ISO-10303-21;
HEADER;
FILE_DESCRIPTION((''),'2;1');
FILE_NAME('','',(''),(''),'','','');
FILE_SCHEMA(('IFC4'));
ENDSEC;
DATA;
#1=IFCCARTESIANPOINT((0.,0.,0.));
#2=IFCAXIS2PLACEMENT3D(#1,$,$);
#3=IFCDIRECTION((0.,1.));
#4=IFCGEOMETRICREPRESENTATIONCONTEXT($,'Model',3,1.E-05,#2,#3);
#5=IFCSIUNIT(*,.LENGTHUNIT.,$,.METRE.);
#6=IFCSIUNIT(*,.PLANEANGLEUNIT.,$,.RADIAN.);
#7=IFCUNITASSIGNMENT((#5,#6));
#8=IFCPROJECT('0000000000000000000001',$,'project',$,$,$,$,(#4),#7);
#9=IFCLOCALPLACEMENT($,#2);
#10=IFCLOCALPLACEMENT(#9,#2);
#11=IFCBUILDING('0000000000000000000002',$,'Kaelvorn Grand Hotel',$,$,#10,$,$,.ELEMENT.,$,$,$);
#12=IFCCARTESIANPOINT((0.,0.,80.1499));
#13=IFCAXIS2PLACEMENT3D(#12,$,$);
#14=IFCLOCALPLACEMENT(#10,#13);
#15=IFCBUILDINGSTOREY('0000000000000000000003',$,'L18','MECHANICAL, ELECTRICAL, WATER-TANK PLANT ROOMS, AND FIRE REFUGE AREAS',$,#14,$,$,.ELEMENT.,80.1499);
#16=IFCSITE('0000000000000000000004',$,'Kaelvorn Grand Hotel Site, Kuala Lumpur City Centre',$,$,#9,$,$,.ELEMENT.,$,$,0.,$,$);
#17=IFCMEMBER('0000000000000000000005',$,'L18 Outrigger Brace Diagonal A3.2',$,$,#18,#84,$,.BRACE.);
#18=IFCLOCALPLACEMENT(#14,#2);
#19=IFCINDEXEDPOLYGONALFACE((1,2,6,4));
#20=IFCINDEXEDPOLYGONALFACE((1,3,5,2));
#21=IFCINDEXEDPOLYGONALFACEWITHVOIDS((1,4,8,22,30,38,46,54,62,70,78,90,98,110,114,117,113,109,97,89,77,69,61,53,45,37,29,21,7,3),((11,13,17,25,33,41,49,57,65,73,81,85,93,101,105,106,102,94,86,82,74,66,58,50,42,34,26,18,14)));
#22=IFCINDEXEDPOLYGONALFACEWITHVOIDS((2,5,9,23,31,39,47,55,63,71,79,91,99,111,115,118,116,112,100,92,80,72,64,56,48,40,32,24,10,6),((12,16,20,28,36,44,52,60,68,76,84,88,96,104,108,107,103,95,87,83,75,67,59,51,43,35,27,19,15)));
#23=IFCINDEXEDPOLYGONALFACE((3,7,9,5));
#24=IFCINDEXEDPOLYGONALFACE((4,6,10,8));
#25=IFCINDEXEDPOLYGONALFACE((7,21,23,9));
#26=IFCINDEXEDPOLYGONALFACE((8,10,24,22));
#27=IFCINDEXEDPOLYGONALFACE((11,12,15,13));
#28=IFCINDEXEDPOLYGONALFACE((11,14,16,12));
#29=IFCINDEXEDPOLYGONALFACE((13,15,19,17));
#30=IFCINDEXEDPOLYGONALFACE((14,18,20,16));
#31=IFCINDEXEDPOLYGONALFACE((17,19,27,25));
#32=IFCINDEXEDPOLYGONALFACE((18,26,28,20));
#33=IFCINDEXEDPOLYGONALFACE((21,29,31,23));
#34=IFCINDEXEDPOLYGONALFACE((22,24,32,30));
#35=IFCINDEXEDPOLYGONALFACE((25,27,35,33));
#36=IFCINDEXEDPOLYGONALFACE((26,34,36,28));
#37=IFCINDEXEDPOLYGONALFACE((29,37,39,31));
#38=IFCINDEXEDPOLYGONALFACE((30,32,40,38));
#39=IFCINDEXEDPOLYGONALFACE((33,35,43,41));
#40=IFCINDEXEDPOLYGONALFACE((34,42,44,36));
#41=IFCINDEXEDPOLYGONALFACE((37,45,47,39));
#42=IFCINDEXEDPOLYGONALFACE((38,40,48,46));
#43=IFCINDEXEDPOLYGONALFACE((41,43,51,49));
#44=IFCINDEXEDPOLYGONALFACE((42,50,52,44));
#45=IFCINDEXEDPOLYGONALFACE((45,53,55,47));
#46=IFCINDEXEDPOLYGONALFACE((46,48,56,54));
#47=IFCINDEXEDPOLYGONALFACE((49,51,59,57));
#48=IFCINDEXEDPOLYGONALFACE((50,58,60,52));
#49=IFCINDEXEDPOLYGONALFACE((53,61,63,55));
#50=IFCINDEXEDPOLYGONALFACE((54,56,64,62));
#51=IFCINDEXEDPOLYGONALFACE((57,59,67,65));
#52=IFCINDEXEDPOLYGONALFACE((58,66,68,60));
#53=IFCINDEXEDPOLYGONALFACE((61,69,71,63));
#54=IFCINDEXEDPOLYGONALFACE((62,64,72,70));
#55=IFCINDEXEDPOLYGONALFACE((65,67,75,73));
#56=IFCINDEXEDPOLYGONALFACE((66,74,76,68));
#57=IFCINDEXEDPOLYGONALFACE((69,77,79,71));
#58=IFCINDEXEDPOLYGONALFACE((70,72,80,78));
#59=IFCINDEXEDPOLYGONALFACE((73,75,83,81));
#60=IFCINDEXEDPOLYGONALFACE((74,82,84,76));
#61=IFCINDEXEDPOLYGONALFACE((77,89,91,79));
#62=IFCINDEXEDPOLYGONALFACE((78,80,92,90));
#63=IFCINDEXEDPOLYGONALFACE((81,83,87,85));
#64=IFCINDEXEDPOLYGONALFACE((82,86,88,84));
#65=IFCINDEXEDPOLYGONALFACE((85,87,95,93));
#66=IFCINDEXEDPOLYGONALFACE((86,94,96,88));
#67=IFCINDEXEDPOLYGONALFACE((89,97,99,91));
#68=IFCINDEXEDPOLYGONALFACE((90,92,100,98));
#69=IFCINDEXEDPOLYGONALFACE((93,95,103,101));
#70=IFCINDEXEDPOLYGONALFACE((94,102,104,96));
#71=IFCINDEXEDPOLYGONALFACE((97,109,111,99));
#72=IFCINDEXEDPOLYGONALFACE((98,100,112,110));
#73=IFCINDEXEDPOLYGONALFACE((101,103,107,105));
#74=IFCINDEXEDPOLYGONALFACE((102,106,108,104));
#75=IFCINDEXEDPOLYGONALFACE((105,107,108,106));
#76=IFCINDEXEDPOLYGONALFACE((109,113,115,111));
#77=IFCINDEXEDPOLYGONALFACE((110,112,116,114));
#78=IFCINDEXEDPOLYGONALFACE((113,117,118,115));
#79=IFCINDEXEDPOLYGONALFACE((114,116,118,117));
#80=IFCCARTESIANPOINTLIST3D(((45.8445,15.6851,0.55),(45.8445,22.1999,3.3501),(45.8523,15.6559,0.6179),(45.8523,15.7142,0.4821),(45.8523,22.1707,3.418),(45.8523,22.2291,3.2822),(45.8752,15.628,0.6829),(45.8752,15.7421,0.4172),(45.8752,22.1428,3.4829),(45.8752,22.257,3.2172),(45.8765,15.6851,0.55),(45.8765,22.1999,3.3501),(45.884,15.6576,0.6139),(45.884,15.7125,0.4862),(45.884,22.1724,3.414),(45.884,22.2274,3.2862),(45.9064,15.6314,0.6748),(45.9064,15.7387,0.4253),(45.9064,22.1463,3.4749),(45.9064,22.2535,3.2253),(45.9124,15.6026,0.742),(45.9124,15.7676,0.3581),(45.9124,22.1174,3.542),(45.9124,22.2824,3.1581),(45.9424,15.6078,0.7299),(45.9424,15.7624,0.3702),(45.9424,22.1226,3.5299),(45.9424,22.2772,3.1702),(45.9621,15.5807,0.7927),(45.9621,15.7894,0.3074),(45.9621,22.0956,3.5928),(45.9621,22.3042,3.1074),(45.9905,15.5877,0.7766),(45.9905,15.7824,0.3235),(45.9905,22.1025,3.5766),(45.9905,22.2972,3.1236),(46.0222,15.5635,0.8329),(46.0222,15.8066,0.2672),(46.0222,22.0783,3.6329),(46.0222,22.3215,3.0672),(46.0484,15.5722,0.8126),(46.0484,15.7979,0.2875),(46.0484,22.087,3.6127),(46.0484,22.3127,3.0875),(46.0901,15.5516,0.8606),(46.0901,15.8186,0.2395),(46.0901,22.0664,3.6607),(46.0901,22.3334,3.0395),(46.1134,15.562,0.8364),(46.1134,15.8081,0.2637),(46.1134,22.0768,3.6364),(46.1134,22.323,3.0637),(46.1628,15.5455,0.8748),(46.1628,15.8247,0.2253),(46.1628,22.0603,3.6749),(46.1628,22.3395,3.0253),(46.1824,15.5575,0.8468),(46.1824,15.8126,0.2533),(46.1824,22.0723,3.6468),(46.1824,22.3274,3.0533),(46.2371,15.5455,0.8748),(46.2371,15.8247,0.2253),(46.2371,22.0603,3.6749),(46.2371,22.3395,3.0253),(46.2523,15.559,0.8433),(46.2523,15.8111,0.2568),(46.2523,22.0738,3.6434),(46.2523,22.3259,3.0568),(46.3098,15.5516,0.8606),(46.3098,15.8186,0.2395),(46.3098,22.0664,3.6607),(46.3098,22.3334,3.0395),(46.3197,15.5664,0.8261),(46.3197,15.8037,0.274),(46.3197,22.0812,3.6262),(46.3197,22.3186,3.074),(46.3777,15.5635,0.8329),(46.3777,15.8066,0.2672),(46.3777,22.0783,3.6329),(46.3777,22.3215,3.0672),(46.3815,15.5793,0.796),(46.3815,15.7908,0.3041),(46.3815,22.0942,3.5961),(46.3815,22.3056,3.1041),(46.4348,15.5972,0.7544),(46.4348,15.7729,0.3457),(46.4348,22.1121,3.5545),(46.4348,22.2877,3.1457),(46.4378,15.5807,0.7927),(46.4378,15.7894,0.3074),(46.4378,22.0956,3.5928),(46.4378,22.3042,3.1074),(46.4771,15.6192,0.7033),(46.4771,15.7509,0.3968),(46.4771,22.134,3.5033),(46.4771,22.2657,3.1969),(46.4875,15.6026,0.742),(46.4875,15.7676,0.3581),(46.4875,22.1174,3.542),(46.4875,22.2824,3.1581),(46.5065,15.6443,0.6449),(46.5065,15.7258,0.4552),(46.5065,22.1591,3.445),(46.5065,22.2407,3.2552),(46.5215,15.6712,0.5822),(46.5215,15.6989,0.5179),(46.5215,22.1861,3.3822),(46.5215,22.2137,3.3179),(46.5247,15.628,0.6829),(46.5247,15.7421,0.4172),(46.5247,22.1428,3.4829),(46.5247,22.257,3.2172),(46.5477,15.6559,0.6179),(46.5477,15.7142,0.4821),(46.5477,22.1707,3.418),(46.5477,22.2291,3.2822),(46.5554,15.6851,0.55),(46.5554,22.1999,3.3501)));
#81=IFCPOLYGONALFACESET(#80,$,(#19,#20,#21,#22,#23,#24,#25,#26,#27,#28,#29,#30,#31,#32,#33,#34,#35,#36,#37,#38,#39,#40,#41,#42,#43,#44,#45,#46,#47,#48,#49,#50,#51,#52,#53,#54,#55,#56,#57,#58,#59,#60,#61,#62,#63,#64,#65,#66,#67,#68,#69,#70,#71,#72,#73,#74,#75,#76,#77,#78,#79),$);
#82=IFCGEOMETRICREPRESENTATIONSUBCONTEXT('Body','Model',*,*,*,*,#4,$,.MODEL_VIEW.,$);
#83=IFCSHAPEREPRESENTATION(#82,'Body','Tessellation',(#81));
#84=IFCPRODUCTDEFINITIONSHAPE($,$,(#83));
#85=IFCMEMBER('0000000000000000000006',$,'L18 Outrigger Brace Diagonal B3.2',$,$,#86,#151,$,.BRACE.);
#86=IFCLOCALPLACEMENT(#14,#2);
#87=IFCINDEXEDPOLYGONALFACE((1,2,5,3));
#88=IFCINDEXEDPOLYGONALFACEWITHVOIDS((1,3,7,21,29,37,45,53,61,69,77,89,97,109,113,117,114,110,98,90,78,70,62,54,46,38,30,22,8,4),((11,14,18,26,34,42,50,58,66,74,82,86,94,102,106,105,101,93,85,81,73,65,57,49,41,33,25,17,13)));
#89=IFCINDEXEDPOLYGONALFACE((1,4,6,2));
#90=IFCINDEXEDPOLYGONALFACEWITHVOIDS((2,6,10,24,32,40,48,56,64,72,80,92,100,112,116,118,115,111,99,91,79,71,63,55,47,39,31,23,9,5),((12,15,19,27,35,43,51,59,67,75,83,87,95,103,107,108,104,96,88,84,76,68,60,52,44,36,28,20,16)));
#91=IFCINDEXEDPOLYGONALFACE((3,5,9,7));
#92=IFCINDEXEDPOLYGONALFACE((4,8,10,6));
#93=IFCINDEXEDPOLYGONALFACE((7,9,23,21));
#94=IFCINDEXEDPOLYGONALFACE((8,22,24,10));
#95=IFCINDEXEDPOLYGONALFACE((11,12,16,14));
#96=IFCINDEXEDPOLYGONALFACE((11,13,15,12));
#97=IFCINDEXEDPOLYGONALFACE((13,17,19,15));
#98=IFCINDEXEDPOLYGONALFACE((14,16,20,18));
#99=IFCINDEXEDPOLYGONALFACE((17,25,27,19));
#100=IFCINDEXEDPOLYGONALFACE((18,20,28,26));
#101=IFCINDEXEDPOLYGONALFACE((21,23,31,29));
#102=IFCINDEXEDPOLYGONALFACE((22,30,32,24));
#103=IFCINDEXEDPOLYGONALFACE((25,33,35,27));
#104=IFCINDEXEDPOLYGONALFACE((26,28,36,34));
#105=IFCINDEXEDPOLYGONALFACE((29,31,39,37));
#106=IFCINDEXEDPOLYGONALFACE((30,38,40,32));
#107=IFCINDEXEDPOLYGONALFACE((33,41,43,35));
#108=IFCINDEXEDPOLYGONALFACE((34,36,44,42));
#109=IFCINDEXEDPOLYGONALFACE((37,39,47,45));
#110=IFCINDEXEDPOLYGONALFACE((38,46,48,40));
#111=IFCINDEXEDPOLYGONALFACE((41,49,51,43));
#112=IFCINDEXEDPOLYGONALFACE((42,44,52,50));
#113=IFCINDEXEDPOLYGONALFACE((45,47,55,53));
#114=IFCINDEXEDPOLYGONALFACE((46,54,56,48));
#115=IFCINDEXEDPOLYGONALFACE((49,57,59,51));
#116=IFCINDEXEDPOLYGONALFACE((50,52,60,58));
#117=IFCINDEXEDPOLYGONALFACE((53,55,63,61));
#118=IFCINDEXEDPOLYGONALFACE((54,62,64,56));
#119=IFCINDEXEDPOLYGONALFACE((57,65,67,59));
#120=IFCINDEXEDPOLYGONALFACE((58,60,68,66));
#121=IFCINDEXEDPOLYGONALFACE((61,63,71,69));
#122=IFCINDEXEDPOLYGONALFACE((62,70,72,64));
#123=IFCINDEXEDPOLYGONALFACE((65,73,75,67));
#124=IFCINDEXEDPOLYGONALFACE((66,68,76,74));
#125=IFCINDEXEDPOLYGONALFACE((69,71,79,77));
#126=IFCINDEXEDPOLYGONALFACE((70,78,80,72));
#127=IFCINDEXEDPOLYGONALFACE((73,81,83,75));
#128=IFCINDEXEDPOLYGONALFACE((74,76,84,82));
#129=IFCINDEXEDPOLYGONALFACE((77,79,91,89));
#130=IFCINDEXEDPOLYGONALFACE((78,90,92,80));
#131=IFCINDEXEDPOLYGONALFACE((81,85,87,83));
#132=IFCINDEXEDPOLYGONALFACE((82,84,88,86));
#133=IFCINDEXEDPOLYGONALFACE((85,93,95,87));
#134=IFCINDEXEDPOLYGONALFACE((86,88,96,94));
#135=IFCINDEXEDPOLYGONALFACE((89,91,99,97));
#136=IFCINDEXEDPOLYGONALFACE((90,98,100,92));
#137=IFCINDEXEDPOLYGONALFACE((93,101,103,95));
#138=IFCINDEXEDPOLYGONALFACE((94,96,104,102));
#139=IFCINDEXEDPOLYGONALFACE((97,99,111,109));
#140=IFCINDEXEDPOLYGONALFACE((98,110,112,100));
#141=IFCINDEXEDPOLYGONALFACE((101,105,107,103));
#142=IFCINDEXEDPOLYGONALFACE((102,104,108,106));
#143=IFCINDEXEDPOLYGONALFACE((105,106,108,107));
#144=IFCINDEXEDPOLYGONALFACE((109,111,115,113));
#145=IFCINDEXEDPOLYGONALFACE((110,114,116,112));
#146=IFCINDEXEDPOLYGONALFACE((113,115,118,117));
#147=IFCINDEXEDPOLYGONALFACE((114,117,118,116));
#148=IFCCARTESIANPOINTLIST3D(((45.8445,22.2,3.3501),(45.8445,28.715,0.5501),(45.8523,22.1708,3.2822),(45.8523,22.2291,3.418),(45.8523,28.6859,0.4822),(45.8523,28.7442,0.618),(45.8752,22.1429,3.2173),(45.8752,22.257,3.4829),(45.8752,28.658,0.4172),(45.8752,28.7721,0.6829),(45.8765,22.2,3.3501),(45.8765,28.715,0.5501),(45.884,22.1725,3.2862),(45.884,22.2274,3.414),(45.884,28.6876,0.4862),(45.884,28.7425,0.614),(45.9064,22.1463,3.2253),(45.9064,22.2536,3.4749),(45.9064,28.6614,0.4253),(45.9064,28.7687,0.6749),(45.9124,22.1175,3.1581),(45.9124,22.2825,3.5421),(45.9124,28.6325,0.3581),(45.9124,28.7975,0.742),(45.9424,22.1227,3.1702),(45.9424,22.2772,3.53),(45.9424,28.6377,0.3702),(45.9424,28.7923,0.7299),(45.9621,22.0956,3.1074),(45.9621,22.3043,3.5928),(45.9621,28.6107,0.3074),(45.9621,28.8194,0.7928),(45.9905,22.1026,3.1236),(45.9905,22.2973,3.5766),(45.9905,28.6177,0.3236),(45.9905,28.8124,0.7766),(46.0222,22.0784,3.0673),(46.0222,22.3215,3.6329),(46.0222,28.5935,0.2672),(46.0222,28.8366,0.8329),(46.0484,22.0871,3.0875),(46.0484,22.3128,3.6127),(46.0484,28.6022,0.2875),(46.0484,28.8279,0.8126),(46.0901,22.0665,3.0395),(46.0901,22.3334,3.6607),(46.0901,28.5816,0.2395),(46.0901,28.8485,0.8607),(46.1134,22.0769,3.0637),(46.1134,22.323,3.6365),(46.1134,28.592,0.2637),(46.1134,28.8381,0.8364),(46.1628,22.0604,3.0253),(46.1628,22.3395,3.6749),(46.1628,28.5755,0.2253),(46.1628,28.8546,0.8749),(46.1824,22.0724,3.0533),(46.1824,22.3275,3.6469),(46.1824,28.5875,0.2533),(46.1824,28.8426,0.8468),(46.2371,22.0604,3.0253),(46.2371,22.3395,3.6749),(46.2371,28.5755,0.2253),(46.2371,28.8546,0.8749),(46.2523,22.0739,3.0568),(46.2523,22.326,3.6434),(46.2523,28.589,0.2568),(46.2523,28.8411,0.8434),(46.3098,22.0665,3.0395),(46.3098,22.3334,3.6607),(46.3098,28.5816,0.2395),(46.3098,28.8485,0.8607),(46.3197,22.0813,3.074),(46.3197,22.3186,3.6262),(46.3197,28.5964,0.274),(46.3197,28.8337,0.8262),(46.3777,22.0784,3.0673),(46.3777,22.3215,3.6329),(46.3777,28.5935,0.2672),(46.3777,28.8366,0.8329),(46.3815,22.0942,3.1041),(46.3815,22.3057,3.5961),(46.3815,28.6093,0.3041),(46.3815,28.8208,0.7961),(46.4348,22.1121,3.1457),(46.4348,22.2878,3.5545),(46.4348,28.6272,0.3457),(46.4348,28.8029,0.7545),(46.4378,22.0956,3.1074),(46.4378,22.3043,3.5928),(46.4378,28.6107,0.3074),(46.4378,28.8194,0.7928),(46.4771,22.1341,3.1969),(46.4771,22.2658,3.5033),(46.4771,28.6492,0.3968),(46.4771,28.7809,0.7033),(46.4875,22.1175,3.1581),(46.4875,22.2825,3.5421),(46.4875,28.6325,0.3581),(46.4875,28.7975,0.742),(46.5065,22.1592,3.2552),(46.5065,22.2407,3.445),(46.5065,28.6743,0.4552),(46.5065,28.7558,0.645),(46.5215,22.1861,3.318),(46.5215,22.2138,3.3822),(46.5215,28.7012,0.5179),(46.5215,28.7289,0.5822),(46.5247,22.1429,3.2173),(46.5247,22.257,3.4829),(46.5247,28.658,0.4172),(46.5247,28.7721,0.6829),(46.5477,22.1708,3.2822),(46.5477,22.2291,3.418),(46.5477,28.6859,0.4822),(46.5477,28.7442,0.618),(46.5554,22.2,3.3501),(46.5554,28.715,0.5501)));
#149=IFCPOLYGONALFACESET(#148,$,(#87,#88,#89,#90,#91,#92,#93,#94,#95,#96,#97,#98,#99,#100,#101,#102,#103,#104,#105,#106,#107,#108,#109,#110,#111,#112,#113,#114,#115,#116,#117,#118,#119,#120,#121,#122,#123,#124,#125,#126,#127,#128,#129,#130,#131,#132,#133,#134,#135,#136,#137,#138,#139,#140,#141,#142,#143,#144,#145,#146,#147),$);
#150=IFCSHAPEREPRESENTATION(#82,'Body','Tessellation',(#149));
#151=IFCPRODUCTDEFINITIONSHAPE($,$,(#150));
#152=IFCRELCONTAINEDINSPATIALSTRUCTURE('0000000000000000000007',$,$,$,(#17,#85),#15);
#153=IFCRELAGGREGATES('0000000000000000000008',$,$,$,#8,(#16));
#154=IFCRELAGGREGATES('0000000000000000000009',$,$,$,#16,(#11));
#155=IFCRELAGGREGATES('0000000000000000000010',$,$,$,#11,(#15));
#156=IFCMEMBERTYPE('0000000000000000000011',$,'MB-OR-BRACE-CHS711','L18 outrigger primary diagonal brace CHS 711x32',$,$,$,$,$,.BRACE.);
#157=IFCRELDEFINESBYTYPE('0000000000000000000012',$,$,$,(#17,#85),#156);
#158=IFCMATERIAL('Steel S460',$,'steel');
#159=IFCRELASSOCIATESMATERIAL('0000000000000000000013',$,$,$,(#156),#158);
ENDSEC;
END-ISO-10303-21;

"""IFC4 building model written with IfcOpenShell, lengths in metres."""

from ifc_helpers import new_model, si_unit, direction, frame, origin, origin_2d, place, context, subcontext, project, spatial, hollow_circle, extrude, material, material_profile, profile_set, type_object, element, save


model = new_model("IFC4")

# Units and contexts
model_context = context("Model", 3, precision=1e-05, world=origin(), true_north=direction((0.0, 1.0)))
body_context = subcontext(model_context, "Body", "Model", "MODEL_VIEW")
ifc_project = project(units=[si_unit("LENGTHUNIT", "METRE"), si_unit("PLANEANGLEUNIT", "RADIAN")], contexts=[model_context])

# Site, building, storey
site_placement = place(None, origin())
site = spatial("IfcSite", under=ifc_project, at=site_placement, Name="Kaelvorn Grand Hotel Site, Kuala Lumpur City Centre", CompositionType="ELEMENT", RefElevation=0.0)
building_placement = place(site_placement, origin())
building = spatial("IfcBuilding", under=site, at=building_placement, Name="Kaelvorn Grand Hotel", CompositionType="ELEMENT")
storey_placement = place(building_placement, frame((0.0, 0.0, 80.1499)))
storey = spatial("IfcBuildingStorey", under=building, at=storey_placement, Name="L18", Description="MECHANICAL, ELECTRICAL, WATER-TANK PLANT ROOMS, AND FIRE REFUGE AREAS", CompositionType="ELEMENT", Elevation=80.1499)

# Shared definitions
ifc_material_1 = material(Name="Steel S460", Category="steel")

# Members
ifc_material_profile_1 = material_profile(ifc_material_1, hollow_circle(Radius=0.3555, WallThickness=0.032, at=origin_2d()), Name="CHS 711.0x32.0")
ifc_profile_set_1 = profile_set([ifc_material_profile_1], Name="Steel S460")
member_type_1 = type_object("IfcMemberType", Name="MB-OR-BRACE-CHS711", Description="L18 outrigger primary diagonal brace CHS 711x32", PredefinedType="BRACE", material=ifc_profile_set_1)
member_1_placement = place(storey_placement, frame((46.2, 15.6851, 0.55), z_axis=(0.0, 0.918739, 0.394866), x_axis=(-1.0, 0.0, 0.0)))
element("IfcMember", 1, at=member_1_placement, inside=storey, type_object=member_type_1, Name="L18 Outrigger Brace Diagonal A3.2", PredefinedType="BRACE", context=body_context, shape_type="SweptSolid", body=[
    extrude(hollow_circle(Radius=0.3555, WallThickness=0.032, at=origin_2d()), origin(), (0.0, 0.0, 1.0), 7.0911),
])
member_2_placement = place(storey_placement, frame((46.2, 22.2, 3.3501), z_axis=(0.0, 0.918744, -0.394854), x_axis=(-1.0, 0.0, 0.0)))
element("IfcMember", 2, at=member_2_placement, inside=storey, type_object=member_type_1, Name="L18 Outrigger Brace Diagonal B3.2", PredefinedType="BRACE", context=body_context, shape_type="SweptSolid", body=[
    extrude(hollow_circle(Radius=0.3555, WallThickness=0.032, at=origin_2d()), origin(), (0.0, 0.0, 1.0), 7.0913),
])

save(model, "model.ifc")
